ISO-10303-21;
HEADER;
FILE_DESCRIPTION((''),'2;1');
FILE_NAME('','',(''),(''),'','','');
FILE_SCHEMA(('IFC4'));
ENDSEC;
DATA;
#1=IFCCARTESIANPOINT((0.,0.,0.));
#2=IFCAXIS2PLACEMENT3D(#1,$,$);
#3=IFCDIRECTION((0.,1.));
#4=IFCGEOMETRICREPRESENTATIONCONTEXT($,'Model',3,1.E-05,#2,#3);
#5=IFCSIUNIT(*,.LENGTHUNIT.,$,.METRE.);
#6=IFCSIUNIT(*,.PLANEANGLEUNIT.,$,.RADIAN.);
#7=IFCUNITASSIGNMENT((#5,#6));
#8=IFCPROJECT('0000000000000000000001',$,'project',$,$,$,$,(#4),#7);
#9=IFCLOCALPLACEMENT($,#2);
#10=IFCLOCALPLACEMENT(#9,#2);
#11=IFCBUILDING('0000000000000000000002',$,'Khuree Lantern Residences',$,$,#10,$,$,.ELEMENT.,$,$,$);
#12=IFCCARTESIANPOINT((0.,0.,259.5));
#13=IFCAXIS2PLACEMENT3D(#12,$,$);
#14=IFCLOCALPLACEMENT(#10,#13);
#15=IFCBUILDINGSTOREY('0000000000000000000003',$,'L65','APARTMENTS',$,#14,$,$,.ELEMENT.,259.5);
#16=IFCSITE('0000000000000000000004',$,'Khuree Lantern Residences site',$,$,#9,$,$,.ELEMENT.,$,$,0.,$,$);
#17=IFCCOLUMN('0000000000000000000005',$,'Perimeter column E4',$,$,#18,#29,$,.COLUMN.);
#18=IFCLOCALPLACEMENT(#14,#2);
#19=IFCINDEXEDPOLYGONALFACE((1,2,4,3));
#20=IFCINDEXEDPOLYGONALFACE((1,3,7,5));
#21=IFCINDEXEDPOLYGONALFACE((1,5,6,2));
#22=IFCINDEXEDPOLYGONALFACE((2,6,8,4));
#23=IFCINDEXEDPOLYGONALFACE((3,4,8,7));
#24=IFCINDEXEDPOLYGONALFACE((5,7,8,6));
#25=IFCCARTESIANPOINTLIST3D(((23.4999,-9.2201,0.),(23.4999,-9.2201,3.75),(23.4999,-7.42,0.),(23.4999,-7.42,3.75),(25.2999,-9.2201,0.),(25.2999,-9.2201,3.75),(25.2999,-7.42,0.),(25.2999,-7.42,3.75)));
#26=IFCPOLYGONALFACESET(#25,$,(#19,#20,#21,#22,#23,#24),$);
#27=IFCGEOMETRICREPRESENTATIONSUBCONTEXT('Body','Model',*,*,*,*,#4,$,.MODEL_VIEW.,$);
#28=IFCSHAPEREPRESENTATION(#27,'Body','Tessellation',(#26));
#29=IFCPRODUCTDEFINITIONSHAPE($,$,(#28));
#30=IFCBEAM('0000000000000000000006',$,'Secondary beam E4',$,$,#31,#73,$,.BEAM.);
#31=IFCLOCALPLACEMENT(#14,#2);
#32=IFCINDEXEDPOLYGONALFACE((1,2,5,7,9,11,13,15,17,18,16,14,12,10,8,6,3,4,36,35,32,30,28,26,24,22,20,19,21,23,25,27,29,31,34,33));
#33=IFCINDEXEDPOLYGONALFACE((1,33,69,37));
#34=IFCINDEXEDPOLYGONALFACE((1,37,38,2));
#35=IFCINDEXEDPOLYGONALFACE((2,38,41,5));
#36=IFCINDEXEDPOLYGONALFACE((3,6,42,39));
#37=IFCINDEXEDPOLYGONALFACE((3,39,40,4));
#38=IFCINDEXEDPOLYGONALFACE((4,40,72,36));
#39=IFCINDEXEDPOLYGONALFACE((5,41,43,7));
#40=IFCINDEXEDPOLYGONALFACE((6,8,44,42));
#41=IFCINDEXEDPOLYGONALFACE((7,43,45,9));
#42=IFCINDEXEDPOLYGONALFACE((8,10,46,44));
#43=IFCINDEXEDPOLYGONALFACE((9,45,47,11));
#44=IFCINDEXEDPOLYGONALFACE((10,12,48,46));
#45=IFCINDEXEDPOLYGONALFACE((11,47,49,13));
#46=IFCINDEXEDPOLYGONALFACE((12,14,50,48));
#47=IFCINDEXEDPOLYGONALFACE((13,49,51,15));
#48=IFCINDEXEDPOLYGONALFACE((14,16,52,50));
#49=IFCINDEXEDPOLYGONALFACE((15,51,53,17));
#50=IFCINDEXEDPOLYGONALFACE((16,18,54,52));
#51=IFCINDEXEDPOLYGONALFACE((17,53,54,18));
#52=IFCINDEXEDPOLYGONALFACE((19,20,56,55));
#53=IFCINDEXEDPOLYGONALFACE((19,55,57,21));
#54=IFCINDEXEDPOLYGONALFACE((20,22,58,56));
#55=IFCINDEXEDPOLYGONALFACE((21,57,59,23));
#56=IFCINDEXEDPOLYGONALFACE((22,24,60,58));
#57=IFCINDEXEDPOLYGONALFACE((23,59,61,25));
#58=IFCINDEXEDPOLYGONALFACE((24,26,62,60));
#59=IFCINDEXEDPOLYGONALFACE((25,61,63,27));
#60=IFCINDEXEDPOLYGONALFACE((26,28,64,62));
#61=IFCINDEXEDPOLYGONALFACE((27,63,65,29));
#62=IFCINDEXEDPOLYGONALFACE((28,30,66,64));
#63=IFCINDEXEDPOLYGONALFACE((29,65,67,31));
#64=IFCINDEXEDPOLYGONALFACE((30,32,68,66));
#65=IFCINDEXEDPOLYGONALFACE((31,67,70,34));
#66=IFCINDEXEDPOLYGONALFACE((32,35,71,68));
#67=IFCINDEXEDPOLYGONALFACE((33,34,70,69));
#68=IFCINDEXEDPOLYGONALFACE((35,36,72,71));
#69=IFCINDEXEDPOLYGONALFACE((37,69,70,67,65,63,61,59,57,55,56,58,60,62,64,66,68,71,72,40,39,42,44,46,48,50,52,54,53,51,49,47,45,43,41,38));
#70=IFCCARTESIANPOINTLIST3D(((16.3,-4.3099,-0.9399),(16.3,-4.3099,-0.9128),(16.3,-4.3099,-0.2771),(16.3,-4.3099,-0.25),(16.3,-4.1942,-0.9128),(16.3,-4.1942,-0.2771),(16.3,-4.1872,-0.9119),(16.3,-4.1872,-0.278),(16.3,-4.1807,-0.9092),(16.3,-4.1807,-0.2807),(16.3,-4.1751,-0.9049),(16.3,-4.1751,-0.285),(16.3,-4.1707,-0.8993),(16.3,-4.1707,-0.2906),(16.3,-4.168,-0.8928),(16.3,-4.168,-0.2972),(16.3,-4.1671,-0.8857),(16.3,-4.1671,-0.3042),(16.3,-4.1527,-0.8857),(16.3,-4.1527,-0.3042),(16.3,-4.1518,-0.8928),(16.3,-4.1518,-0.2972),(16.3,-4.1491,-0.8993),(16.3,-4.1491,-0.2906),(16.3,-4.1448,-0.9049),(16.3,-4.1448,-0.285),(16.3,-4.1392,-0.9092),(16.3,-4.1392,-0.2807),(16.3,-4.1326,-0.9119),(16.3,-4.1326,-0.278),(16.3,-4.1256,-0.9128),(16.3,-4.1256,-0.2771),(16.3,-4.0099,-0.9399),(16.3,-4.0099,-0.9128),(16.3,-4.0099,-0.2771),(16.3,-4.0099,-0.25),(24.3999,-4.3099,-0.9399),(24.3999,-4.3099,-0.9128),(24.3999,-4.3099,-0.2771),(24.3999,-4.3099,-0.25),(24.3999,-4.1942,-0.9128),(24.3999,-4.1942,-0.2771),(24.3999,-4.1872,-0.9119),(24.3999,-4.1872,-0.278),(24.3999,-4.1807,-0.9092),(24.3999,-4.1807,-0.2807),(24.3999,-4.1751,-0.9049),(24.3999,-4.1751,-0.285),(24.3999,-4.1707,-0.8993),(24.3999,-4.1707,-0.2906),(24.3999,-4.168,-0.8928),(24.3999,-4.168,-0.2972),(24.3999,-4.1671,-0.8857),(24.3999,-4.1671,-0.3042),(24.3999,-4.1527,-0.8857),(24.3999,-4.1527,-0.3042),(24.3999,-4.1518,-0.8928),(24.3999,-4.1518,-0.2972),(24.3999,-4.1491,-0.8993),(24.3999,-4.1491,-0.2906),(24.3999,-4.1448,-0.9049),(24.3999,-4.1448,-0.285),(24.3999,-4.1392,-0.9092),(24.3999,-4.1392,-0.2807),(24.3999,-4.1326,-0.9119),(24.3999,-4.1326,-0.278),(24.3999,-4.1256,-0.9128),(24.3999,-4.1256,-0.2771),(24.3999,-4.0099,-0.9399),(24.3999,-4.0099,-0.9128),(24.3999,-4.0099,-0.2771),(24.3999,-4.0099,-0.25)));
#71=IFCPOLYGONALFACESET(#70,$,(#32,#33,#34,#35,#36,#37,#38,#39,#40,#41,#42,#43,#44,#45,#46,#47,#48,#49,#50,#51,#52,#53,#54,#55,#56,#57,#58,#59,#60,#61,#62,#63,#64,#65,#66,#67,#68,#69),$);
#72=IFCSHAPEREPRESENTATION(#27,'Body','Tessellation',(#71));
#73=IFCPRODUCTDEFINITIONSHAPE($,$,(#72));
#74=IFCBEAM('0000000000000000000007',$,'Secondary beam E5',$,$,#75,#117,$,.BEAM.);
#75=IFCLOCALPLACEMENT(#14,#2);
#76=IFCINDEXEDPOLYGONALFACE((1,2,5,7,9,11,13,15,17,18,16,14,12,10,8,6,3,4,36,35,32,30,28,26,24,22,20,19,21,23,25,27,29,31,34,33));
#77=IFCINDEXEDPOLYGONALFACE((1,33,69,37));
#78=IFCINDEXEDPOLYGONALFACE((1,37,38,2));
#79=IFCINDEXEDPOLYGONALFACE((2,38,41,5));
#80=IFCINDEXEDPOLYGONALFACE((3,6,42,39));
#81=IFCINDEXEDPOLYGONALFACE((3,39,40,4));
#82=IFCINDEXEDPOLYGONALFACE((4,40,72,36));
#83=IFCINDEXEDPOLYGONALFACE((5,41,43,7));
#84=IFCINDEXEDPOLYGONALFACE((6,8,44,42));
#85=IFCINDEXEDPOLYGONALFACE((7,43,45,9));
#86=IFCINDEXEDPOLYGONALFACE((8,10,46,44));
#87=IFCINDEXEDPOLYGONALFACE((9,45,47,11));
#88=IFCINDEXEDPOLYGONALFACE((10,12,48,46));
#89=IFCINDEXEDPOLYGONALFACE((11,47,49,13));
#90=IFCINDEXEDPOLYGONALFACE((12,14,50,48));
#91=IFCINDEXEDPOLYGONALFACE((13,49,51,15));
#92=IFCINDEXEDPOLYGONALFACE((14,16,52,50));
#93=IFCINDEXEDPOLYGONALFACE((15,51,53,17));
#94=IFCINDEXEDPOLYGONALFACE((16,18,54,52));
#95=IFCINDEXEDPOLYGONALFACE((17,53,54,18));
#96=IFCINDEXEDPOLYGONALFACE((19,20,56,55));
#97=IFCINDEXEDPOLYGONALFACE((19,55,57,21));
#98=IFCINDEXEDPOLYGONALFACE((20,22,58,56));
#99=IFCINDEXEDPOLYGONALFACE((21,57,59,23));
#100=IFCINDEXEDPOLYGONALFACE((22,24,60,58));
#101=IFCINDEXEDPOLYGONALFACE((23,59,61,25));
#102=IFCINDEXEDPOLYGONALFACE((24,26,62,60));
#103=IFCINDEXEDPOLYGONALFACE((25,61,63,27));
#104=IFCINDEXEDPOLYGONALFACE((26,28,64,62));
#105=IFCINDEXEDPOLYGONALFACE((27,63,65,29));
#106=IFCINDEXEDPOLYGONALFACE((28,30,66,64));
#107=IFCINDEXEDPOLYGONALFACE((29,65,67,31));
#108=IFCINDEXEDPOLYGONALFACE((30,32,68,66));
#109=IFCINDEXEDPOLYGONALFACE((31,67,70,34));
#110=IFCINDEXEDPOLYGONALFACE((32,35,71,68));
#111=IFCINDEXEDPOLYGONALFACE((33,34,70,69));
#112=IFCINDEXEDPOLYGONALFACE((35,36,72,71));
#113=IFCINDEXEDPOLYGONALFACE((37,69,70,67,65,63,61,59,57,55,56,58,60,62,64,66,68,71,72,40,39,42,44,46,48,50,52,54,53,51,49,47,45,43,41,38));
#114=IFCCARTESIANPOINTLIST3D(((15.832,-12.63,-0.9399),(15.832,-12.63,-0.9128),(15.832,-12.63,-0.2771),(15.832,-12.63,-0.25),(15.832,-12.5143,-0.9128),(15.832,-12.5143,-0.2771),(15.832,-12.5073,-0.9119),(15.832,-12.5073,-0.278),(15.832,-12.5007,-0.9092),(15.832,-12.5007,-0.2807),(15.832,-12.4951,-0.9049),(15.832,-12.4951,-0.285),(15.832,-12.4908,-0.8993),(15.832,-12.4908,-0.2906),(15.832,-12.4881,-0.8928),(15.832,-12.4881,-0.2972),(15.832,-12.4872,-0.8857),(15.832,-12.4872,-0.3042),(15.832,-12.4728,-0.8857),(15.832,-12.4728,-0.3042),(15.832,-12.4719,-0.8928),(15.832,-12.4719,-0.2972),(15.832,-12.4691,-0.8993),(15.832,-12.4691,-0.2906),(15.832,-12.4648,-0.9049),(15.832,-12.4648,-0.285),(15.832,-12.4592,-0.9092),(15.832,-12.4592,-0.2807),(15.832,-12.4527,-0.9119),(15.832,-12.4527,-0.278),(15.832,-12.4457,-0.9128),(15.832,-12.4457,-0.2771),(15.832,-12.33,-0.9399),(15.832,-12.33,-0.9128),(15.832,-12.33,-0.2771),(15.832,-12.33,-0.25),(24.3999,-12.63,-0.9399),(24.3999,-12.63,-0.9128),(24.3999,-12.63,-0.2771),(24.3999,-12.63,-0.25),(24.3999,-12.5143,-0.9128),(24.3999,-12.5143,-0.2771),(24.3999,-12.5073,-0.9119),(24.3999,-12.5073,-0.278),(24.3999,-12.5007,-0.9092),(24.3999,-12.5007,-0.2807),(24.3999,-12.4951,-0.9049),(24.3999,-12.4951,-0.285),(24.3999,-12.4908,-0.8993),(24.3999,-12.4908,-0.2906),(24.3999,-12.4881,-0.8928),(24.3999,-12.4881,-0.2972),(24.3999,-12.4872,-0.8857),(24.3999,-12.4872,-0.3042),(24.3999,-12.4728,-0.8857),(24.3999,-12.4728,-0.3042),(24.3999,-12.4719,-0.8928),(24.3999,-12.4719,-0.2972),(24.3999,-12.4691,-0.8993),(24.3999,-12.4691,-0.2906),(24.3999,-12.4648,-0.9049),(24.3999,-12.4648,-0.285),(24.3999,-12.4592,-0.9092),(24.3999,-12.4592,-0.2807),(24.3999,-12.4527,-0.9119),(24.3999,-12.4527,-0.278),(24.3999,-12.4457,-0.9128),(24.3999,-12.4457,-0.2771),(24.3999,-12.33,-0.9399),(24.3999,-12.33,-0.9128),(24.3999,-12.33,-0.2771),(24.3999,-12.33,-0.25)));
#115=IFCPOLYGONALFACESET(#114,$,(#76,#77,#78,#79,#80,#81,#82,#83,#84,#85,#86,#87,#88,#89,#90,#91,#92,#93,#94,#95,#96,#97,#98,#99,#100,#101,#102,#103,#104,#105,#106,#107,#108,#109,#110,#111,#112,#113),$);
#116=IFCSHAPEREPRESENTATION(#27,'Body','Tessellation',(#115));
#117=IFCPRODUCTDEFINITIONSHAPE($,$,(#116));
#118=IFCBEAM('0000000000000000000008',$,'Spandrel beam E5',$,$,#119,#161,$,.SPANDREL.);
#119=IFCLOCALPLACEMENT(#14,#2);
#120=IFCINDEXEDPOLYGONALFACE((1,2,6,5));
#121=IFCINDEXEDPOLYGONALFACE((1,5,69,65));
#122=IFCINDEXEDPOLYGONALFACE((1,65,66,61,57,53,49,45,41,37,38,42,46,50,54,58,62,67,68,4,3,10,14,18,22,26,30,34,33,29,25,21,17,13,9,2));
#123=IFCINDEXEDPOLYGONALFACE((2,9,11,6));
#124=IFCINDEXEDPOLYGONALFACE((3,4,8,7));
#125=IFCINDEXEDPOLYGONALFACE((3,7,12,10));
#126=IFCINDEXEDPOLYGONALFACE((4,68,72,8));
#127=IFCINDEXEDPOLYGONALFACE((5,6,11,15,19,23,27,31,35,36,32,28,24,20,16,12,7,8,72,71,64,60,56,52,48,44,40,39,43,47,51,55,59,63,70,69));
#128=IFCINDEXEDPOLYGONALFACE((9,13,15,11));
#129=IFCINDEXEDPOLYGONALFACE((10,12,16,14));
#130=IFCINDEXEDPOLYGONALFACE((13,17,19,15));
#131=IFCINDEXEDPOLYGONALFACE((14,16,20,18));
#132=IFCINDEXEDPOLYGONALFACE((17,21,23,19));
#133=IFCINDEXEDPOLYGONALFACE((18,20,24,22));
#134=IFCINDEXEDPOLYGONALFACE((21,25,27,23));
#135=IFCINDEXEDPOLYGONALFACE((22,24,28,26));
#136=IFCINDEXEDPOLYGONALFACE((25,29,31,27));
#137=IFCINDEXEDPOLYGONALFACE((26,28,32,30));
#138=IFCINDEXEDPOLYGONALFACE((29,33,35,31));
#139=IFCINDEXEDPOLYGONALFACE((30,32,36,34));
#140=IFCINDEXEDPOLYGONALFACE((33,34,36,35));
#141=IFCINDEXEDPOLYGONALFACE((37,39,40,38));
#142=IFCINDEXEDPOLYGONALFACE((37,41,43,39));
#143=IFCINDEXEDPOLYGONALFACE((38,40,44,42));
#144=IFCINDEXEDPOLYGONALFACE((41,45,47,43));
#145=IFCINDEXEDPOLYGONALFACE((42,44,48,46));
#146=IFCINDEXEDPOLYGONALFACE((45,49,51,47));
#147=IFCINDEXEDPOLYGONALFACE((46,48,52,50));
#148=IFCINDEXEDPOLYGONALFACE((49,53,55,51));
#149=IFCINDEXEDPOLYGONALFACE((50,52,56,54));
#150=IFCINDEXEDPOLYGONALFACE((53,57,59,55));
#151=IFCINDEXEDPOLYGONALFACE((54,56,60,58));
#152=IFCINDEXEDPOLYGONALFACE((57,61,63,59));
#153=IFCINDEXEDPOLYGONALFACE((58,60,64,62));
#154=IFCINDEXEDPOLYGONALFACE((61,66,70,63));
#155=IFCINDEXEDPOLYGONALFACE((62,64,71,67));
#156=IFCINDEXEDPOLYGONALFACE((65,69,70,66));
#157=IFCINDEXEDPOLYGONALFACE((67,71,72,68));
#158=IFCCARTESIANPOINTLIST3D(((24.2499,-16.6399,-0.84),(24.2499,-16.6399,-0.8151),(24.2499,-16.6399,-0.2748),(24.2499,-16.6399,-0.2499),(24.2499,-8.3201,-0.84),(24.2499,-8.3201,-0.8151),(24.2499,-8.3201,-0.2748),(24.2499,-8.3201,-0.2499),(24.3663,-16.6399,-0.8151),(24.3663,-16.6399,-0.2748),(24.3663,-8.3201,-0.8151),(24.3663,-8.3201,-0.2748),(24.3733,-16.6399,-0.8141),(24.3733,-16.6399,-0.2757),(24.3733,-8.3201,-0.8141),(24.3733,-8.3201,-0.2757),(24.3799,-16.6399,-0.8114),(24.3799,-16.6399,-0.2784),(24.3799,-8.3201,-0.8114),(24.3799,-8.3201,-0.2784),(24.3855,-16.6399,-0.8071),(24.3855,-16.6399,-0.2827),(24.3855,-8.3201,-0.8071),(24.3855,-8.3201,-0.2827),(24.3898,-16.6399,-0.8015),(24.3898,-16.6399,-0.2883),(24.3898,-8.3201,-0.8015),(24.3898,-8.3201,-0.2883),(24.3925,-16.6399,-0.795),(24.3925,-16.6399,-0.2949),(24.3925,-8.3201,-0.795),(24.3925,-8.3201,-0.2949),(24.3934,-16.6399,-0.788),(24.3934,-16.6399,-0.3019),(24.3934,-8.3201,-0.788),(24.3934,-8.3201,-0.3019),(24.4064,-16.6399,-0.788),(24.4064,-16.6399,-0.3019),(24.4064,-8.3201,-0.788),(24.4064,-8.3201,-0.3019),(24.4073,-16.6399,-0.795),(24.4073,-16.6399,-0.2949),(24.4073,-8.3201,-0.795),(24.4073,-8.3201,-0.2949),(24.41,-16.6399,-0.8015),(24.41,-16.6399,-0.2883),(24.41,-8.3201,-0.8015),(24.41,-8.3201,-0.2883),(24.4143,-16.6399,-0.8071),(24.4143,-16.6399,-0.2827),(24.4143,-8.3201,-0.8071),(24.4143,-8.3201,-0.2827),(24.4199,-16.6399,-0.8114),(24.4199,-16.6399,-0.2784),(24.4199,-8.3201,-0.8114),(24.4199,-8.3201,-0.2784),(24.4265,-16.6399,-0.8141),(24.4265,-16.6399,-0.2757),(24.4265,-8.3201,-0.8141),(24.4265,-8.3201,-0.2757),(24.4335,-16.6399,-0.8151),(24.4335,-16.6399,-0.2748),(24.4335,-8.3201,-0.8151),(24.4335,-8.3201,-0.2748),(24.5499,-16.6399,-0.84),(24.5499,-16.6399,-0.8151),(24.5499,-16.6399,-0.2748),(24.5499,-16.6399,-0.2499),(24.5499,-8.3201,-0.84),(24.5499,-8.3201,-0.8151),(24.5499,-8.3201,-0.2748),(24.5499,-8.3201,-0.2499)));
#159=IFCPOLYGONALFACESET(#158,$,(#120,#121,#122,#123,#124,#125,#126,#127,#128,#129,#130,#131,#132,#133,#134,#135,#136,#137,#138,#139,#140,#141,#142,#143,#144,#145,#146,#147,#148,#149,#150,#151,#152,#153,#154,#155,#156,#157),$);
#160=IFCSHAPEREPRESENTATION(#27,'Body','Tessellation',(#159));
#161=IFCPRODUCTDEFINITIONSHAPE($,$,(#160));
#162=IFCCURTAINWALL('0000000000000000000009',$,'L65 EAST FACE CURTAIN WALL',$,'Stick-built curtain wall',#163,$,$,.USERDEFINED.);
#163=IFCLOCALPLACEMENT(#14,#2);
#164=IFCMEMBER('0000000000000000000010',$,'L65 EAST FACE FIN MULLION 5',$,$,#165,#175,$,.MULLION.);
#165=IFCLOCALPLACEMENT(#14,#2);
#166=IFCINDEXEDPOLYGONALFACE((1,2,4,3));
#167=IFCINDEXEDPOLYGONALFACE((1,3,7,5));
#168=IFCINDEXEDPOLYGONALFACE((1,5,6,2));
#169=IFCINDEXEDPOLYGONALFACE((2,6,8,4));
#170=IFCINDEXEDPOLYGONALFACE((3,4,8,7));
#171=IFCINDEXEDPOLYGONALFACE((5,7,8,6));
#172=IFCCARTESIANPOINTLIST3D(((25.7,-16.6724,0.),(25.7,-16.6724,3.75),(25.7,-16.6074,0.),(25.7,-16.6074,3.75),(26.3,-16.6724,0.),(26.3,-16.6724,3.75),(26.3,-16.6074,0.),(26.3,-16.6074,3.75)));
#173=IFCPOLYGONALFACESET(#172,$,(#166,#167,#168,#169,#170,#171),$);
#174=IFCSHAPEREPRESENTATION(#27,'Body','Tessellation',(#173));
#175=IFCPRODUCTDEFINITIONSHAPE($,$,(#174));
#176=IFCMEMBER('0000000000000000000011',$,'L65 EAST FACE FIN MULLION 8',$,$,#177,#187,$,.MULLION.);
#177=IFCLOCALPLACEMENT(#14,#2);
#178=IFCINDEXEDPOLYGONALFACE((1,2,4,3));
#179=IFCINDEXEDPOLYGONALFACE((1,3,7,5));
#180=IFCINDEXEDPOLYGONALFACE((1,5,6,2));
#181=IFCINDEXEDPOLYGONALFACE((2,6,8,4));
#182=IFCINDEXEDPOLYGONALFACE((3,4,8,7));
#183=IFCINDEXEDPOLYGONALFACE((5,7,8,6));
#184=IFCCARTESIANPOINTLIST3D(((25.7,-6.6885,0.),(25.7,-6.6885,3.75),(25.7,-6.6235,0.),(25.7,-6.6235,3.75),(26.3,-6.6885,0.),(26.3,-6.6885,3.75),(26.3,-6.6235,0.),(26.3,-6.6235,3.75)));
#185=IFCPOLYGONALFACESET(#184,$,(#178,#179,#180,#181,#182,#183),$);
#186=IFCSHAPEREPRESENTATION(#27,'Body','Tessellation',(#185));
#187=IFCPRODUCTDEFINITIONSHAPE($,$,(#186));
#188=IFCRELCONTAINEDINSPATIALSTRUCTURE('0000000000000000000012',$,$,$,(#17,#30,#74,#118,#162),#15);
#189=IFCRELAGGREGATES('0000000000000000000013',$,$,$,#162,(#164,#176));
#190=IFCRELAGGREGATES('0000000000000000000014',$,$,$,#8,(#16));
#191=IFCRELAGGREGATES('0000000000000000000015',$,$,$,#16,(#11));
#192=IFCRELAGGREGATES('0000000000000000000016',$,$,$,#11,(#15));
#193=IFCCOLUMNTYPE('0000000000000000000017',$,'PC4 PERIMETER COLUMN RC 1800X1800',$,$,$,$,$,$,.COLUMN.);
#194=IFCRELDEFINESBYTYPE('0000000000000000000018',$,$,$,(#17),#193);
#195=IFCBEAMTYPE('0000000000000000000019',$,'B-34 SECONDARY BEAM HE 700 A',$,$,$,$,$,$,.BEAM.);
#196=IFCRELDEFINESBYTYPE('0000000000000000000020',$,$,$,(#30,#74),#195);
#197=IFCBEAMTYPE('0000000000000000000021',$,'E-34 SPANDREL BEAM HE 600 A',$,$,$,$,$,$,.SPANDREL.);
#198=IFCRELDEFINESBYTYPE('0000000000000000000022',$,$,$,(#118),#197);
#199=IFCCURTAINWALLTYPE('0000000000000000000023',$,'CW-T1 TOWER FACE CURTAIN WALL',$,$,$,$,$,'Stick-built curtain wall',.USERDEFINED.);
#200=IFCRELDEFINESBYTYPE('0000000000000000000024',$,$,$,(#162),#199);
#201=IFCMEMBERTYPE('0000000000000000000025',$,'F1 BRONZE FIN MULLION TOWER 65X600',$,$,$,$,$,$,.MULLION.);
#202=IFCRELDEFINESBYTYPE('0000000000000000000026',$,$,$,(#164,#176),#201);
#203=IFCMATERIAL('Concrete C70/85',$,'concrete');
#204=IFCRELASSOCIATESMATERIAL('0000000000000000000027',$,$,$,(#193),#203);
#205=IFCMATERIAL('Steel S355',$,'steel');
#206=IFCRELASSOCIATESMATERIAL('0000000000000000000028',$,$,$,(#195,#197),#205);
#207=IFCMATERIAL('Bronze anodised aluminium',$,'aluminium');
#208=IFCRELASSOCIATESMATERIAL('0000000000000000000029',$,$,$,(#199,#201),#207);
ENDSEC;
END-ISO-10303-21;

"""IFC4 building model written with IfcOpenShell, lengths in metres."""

from ifc_helpers import new_model, si_unit, direction, frame, origin, origin_2d, place, context, subcontext, project, spatial, rectangle, i_section, extrude, material, material_profile, profile_set, type_object, element, aggregate, save


model = new_model("IFC4")

# Units and contexts
model_context = context("Model", 3, precision=1e-05, world=origin(), true_north=direction((0.0, 1.0)))
body_context = subcontext(model_context, "Body", "Model", "MODEL_VIEW")
ifc_project = project(units=[si_unit("LENGTHUNIT", "METRE"), si_unit("PLANEANGLEUNIT", "RADIAN")], contexts=[model_context])

# Site, building, storey
site_placement = place(None, origin())
site = spatial("IfcSite", under=ifc_project, at=site_placement, Name="Khuree Lantern Residences site", CompositionType="ELEMENT", RefElevation=0.0)
building_placement = place(site_placement, origin())
building = spatial("IfcBuilding", under=site, at=building_placement, Name="Khuree Lantern Residences", CompositionType="ELEMENT")
storey_placement = place(building_placement, frame((0.0, 0.0, 259.5)))
storey = spatial("IfcBuildingStorey", under=building, at=storey_placement, Name="L65", Description="APARTMENTS", CompositionType="ELEMENT", Elevation=259.5)

# Column
ifc_material_1 = material(Name="Concrete C70/85", Category="concrete")
ifc_material_profile_1 = material_profile(ifc_material_1, rectangle(XDim=1.8, YDim=1.8, at=origin_2d()), Name="RC 1800X1800")
ifc_profile_set_1 = profile_set([ifc_material_profile_1], Name="Concrete C70/85")
column_type = type_object("IfcColumnType", Name="PC4 PERIMETER COLUMN RC 1800X1800", PredefinedType="COLUMN", material=ifc_profile_set_1)
column_placement = place(storey_placement, frame((24.3999, -8.3201, 0.0), z_axis=(0.0, 0.0, 1.0), x_axis=(0.0, 1.0, 0.0)))
element("IfcColumn", 1, at=column_placement, inside=storey, type_object=column_type, Name="Perimeter column E4", PredefinedType="COLUMN", context=body_context, shape_type="SweptSolid", body=[
    extrude(rectangle(XDim=1.8, YDim=1.8, at=origin_2d()), origin(), (0.0, 0.0, 1.0), 3.75),
])

# Beams
ifc_material_2 = material(Name="Steel S355", Category="steel")
ifc_material_profile_2 = material_profile(ifc_material_2, i_section(OverallWidth=0.3, OverallDepth=0.6899, WebThickness=0.0144, FlangeThickness=0.0271, FilletRadius=0.0271, at=origin_2d()), Name="HE 700 A")
ifc_profile_set_2 = profile_set([ifc_material_profile_2], Name="Steel S355")
beam_type_1 = type_object("IfcBeamType", Name="B-34 SECONDARY BEAM HE 700 A", PredefinedType="BEAM", material=ifc_profile_set_2)
beam_1_placement = place(storey_placement, frame((24.3999, -4.1599, -0.595), z_axis=(-1.0, 0.0, 0.0), x_axis=(0.0, -1.0, 0.0)))
element("IfcBeam", 2, at=beam_1_placement, inside=storey, type_object=beam_type_1, Name="Secondary beam E4", PredefinedType="BEAM", context=body_context, shape_type="SweptSolid", body=[
    extrude(i_section(OverallWidth=0.3, OverallDepth=0.6899, WebThickness=0.0144, FlangeThickness=0.0271, FilletRadius=0.0271, at=origin_2d()), origin(), (0.0, 0.0, 1.0), 8.0999),
])
beam_2_placement = place(storey_placement, frame((24.3999, -12.48, -0.595), z_axis=(-1.0, 0.0, 0.0), x_axis=(0.0, -1.0, 0.0)))
element("IfcBeam", 3, at=beam_2_placement, inside=storey, type_object=beam_type_1, Name="Secondary beam E5", PredefinedType="BEAM", context=body_context, shape_type="SweptSolid", body=[
    extrude(i_section(OverallWidth=0.3, OverallDepth=0.6899, WebThickness=0.0144, FlangeThickness=0.0271, FilletRadius=0.0271, at=origin_2d()), origin(), (0.0, 0.0, 1.0), 8.5679),
])
ifc_material_profile_3 = material_profile(ifc_material_2, i_section(OverallWidth=0.3, OverallDepth=0.5901, WebThickness=0.0129, FlangeThickness=0.0249, FilletRadius=0.0271, at=origin_2d()), Name="HE 600 A")
ifc_profile_set_3 = profile_set([ifc_material_profile_3], Name="Steel S355")
beam_type_2 = type_object("IfcBeamType", Name="E-34 SPANDREL BEAM HE 600 A", PredefinedType="SPANDREL", material=ifc_profile_set_3)
beam_3_placement = place(storey_placement, frame((24.3999, -8.3201, -0.5449), z_axis=(0.0, -1.0, 0.0), x_axis=(1.0, 0.0, 0.0)))
element("IfcBeam", 4, at=beam_3_placement, inside=storey, type_object=beam_type_2, Name="Spandrel beam E5", PredefinedType="SPANDREL", context=body_context, shape_type="SweptSolid", body=[
    extrude(i_section(OverallWidth=0.3, OverallDepth=0.5901, WebThickness=0.0129, FlangeThickness=0.0249, FilletRadius=0.0271, at=origin_2d()), origin(), (0.0, 0.0, 1.0), 8.3198),
])

# Curtain wall, members
ifc_material_3 = material(Name="Bronze anodised aluminium", Category="aluminium")
curtain_wall_type = type_object("IfcCurtainWallType", Name="CW-T1 TOWER FACE CURTAIN WALL", ElementType="Stick-built curtain wall", PredefinedType="USERDEFINED", material=ifc_material_3)
curtain_wall_placement = place(storey_placement, origin())
curtain_wall = element("IfcCurtainWall", 5, at=curtain_wall_placement, inside=storey, type_object=curtain_wall_type, Name="L65 EAST FACE CURTAIN WALL", ObjectType="Stick-built curtain wall", PredefinedType="USERDEFINED")
ifc_material_profile_4 = material_profile(ifc_material_3, rectangle(XDim=0.0649, YDim=0.6001, at=origin_2d()), Name="F1 65X600")
ifc_profile_set_4 = profile_set([ifc_material_profile_4], Name="Bronze anodised aluminium")
member_type_1 = type_object("IfcMemberType", Name="F1 BRONZE FIN MULLION TOWER 65X600", PredefinedType="MULLION", material=ifc_profile_set_4)
member_1_placement = place(storey_placement, frame((26.0, -16.6399, 0.0), z_axis=(0.0, 0.0, 1.0), x_axis=(0.0, 1.0, 0.0)))
member_1 = element("IfcMember", 6, at=member_1_placement, type_object=member_type_1, Name="L65 EAST FACE FIN MULLION 5", PredefinedType="MULLION", context=body_context, shape_type="SweptSolid", body=[
    extrude(rectangle(XDim=0.0649, YDim=0.6001, at=origin_2d()), origin(), (0.0, 0.0, 1.0), 3.75),
])
member_2_placement = place(storey_placement, frame((26.0, -6.656, 0.0), z_axis=(0.0, 0.0, 1.0), x_axis=(0.0, 1.0, 0.0)))
member_2 = element("IfcMember", 7, at=member_2_placement, type_object=member_type_1, Name="L65 EAST FACE FIN MULLION 8", PredefinedType="MULLION", context=body_context, shape_type="SweptSolid", body=[
    extrude(rectangle(XDim=0.0649, YDim=0.6001, at=origin_2d()), origin(), (0.0, 0.0, 1.0), 3.75),
])

aggregate(curtain_wall, [member_1, member_2])

save(model, "model.ifc")
